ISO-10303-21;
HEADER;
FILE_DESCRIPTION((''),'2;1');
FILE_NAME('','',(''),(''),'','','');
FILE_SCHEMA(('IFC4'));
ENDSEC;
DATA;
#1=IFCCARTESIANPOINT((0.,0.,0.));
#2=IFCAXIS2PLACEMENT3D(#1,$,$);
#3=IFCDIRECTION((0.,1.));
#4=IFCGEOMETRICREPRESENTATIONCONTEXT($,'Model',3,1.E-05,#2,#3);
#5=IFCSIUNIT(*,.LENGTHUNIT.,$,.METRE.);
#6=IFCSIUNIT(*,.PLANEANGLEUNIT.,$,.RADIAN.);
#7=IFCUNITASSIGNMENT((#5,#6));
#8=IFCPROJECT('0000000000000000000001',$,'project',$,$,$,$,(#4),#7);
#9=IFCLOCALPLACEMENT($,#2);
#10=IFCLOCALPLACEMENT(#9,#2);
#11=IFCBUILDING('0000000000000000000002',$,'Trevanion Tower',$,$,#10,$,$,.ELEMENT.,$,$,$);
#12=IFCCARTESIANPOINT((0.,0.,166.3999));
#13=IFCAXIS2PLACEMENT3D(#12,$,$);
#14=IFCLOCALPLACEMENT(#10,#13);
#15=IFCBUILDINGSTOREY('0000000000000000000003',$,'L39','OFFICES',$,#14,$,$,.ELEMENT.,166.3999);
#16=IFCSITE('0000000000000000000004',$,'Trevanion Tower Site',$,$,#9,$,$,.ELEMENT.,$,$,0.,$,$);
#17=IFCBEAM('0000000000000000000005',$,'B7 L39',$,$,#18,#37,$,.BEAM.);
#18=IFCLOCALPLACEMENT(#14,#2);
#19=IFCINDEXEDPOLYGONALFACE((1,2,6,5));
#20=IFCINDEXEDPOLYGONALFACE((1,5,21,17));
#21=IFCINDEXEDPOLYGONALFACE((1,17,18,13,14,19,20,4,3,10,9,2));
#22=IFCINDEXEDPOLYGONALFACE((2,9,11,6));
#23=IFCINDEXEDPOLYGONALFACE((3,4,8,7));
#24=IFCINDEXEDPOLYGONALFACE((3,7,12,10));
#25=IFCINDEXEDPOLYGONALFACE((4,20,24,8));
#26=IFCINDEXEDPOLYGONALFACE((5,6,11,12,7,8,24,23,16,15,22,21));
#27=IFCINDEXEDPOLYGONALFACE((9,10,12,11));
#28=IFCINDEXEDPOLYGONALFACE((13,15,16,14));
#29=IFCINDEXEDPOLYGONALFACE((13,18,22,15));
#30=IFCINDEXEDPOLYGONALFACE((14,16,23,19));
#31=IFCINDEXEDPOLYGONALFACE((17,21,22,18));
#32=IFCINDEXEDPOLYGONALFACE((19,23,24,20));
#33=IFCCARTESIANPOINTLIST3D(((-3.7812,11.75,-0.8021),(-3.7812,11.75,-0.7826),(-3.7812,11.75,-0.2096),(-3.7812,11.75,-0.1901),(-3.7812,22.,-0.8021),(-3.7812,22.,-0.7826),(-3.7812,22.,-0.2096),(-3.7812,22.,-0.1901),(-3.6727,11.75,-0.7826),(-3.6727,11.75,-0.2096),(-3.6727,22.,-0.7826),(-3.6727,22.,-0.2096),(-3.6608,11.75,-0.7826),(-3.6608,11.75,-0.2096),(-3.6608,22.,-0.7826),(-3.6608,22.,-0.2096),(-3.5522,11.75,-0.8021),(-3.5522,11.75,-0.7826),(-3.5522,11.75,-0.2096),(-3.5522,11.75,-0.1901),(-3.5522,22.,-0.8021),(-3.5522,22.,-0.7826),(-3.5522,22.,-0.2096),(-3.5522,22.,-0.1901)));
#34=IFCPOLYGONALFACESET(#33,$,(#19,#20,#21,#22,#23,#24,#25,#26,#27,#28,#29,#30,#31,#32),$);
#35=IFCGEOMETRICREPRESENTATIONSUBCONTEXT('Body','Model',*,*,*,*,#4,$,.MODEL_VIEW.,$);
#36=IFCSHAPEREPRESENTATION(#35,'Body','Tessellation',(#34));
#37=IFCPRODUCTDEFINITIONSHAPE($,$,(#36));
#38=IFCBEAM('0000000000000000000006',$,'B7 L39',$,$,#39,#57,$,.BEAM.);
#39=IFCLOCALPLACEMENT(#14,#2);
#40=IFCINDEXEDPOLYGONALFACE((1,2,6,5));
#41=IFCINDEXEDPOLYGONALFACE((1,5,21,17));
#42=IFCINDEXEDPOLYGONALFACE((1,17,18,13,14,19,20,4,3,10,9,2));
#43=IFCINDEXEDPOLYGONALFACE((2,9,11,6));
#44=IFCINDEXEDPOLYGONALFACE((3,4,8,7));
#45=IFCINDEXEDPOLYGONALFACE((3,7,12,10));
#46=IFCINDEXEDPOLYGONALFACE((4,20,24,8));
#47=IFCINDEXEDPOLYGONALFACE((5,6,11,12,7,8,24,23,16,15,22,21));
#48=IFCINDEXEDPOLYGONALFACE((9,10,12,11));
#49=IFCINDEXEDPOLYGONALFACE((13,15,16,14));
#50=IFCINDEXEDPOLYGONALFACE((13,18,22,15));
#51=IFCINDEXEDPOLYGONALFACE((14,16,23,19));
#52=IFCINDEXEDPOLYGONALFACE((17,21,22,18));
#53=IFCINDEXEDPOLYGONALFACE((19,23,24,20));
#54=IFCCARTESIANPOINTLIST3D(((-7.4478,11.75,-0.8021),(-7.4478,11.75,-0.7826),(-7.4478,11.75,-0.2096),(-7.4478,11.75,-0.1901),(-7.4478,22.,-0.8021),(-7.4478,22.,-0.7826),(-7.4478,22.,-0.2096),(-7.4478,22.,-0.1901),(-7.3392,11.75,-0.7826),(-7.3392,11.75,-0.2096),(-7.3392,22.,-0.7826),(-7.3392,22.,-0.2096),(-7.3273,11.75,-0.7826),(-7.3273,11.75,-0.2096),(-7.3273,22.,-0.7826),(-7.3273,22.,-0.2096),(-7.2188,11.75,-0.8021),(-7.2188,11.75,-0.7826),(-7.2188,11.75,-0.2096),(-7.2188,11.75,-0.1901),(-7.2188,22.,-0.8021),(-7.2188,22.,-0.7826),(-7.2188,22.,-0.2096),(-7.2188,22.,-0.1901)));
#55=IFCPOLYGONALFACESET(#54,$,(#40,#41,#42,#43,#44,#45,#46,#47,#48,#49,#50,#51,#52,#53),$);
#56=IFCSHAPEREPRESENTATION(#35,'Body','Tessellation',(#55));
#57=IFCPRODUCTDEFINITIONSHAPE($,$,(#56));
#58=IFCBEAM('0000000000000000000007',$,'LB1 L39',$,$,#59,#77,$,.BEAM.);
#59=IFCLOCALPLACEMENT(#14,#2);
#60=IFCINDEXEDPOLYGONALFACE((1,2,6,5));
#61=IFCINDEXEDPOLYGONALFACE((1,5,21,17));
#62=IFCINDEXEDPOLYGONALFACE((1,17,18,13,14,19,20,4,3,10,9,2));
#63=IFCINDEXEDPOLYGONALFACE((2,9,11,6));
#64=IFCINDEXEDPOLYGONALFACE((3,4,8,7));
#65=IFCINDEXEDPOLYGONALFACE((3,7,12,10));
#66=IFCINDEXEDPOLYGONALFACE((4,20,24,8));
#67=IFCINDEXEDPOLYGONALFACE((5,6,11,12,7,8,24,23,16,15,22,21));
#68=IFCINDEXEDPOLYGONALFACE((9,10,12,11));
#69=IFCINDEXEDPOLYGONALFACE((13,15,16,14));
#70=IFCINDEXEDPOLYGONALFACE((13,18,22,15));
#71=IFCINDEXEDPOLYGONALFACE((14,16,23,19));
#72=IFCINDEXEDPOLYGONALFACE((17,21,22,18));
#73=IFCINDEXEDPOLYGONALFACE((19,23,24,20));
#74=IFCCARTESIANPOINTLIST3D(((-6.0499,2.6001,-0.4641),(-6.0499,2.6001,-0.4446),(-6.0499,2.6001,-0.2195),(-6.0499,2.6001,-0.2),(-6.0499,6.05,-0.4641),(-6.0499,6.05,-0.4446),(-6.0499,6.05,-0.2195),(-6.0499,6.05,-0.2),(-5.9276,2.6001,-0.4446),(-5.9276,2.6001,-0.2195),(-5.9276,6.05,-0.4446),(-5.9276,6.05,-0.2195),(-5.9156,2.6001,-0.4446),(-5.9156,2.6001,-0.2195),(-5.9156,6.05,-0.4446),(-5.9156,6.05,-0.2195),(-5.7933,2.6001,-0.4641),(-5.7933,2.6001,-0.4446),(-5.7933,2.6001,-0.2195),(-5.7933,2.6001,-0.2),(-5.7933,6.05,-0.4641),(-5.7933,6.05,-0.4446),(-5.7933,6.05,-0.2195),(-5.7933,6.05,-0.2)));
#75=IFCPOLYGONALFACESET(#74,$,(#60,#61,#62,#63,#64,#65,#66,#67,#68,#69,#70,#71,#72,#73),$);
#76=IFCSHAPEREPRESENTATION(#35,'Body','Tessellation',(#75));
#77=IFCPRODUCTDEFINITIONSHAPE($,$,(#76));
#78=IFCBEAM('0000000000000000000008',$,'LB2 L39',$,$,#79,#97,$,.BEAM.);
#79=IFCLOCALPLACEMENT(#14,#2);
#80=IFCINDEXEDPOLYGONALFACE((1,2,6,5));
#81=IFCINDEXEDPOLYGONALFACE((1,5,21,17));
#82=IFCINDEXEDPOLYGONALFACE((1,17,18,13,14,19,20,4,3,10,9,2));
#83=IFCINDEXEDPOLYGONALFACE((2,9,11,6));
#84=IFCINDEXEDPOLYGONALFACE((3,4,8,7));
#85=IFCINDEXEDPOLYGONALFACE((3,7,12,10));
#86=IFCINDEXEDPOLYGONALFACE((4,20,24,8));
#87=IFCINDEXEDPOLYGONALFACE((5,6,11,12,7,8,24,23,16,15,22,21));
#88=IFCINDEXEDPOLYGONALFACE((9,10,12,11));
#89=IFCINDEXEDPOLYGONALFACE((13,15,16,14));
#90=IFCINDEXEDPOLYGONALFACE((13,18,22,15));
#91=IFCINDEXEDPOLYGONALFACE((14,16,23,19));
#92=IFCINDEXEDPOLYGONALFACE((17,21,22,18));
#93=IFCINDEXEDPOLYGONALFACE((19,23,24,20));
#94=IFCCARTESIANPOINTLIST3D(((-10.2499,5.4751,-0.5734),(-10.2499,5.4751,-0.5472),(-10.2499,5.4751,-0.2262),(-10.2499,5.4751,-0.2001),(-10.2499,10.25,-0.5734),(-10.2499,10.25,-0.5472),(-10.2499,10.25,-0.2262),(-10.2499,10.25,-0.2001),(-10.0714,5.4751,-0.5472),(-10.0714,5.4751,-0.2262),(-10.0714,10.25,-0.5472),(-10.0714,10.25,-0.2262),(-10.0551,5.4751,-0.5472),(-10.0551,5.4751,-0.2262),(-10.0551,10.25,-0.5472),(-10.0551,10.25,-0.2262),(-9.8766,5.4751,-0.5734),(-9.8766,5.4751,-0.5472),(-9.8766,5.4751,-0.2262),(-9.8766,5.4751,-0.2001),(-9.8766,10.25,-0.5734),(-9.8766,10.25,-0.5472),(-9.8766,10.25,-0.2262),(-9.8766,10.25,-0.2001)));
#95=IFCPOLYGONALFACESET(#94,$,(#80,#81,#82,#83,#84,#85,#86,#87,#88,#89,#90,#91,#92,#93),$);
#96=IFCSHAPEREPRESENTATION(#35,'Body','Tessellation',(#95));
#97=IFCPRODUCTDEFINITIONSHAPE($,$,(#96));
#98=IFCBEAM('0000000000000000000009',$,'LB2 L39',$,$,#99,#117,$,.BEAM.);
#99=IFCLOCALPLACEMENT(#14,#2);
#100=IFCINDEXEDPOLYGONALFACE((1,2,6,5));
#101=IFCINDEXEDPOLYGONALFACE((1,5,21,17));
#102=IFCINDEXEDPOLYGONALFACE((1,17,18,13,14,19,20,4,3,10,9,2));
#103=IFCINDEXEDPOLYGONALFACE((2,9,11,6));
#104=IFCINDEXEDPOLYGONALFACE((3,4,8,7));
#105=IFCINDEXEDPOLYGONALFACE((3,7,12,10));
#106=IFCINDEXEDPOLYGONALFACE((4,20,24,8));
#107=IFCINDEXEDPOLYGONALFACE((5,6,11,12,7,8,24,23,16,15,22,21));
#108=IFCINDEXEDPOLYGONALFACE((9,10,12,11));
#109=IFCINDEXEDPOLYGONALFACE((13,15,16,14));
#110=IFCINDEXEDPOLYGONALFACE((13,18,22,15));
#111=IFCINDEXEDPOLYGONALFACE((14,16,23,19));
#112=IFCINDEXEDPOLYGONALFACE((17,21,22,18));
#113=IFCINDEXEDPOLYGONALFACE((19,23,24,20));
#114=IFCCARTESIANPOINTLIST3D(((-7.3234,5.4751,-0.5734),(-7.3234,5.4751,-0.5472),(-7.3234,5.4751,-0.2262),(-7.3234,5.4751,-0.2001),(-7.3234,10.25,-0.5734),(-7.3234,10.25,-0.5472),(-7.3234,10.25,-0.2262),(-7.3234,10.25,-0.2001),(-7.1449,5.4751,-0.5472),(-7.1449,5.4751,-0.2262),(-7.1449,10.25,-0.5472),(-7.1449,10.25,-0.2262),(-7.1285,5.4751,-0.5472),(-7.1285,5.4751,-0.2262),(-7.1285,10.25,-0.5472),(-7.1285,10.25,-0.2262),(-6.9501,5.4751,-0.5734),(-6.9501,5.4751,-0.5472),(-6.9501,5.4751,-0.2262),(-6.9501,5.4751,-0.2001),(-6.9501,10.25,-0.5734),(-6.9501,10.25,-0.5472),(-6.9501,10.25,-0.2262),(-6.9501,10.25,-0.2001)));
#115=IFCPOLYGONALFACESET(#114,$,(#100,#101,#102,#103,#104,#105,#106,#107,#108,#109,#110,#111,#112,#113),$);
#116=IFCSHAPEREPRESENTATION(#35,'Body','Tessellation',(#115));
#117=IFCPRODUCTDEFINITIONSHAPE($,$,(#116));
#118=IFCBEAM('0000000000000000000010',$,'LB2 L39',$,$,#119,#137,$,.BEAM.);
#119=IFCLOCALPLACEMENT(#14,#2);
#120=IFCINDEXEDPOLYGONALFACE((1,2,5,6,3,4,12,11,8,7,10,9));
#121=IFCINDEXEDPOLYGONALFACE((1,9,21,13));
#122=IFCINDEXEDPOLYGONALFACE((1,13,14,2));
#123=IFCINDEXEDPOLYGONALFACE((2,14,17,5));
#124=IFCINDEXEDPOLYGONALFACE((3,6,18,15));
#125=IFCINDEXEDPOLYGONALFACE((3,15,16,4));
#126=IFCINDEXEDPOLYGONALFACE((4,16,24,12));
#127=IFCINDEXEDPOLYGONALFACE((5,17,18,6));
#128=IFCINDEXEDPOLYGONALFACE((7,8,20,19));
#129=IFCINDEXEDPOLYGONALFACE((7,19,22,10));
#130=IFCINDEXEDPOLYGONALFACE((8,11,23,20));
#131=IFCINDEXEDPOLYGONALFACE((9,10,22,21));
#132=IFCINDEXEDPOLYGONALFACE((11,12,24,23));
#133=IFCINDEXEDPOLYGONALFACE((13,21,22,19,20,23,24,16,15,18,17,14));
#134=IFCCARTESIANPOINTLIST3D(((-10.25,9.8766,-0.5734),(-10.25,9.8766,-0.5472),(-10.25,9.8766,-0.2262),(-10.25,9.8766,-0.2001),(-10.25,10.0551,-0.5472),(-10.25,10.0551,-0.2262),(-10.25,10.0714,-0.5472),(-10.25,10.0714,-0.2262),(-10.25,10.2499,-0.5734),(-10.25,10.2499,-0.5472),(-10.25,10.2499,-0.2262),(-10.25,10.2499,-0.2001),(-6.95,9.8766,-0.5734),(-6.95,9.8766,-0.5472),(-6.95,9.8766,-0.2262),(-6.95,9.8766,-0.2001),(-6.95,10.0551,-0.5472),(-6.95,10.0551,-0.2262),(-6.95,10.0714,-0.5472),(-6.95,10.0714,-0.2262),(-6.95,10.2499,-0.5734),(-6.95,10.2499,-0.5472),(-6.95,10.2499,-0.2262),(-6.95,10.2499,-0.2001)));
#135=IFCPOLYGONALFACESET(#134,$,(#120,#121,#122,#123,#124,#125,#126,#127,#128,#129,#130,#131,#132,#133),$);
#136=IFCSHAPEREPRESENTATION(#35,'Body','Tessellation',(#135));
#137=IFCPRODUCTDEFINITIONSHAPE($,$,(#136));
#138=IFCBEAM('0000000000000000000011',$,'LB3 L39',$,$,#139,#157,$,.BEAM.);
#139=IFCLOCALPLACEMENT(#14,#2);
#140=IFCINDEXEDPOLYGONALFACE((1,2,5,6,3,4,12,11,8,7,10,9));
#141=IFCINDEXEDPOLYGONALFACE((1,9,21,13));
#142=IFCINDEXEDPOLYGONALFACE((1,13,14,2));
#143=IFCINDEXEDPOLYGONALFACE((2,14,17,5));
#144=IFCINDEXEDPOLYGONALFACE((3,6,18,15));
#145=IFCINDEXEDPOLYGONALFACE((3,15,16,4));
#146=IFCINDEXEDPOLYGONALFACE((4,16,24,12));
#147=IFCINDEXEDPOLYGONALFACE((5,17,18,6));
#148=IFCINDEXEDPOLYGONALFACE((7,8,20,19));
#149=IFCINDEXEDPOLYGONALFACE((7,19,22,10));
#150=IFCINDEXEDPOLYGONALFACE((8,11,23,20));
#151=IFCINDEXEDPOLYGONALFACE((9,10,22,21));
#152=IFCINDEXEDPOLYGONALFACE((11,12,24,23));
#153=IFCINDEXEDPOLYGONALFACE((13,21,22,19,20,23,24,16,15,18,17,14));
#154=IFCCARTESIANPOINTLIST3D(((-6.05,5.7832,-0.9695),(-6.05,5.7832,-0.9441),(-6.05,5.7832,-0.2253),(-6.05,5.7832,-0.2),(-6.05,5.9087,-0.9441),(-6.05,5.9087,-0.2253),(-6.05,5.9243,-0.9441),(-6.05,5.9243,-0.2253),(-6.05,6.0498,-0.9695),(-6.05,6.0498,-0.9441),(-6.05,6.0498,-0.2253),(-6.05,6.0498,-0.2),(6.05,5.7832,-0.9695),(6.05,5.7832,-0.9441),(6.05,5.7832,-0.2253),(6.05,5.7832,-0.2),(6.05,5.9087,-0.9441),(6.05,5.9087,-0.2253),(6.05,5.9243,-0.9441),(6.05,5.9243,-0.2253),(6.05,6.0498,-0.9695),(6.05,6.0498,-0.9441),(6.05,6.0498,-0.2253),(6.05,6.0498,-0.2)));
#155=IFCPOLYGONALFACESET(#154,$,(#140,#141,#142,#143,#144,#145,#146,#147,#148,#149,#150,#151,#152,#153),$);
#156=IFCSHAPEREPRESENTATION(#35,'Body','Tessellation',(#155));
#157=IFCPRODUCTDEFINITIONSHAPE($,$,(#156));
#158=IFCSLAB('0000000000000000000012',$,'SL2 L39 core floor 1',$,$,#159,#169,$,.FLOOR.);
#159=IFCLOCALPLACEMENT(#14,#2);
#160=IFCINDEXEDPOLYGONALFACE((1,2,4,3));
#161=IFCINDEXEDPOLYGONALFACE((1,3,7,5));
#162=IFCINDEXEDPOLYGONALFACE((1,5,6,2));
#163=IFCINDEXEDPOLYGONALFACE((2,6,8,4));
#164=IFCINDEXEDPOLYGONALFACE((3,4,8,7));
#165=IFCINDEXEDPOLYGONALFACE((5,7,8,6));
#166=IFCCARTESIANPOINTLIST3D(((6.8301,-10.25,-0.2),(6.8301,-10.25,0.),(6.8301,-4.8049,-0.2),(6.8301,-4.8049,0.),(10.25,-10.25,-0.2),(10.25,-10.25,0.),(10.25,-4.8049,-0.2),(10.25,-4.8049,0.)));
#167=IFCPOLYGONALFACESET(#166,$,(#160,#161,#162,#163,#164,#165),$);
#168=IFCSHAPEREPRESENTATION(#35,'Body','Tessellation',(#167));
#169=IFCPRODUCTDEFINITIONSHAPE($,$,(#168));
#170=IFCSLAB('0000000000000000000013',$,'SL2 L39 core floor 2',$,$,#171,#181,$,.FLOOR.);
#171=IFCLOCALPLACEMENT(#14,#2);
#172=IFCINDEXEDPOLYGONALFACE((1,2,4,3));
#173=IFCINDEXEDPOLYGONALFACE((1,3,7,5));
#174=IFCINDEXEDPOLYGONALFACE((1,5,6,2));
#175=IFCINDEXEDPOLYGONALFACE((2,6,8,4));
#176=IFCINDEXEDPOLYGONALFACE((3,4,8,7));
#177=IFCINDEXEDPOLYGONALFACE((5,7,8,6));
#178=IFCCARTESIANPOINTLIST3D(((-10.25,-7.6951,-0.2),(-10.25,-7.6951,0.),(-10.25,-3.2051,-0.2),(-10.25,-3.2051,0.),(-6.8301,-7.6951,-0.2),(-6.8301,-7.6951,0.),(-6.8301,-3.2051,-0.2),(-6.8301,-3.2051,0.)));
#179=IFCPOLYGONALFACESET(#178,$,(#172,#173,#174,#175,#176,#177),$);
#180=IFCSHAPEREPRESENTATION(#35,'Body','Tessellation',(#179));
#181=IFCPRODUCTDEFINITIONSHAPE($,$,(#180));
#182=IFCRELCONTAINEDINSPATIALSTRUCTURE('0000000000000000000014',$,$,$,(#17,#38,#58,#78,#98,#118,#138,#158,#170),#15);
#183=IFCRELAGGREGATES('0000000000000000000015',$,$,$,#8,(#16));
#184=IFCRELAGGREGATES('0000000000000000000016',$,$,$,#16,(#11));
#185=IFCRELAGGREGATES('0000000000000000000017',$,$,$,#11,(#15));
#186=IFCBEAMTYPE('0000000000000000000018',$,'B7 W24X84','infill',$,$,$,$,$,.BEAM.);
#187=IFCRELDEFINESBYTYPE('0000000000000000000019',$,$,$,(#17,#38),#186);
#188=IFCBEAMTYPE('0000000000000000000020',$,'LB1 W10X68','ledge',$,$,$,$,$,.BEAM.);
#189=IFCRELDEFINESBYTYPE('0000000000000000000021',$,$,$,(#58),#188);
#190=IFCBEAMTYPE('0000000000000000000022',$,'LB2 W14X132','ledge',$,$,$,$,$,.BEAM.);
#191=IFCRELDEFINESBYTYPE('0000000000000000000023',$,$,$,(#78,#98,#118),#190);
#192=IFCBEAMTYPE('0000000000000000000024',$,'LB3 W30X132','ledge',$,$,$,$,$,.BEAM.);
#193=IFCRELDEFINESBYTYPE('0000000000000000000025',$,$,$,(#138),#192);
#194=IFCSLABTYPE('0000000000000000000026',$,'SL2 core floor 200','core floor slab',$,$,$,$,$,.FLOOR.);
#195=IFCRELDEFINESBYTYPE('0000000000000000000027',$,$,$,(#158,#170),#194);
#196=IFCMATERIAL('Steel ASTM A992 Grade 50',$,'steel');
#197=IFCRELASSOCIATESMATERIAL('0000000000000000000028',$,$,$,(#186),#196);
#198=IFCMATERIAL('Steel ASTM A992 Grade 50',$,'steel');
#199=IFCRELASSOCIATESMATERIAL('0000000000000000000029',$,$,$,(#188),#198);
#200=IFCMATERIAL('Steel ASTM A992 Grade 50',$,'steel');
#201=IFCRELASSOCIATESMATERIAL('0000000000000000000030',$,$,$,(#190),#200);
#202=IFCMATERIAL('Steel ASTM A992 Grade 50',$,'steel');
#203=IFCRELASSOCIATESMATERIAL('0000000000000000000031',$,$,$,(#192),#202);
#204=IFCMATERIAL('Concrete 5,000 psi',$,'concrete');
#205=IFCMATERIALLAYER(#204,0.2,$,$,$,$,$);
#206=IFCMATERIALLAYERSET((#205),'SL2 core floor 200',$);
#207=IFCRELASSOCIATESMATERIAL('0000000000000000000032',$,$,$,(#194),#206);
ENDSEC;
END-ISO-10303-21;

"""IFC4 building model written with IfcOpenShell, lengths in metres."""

from ifc_helpers import new_model, si_unit, direction, frame, origin, origin_2d, place, context, subcontext, project, spatial, polyline, i_section, outline, extrude, material, layer, layer_set, material_profile, profile_set, type_object, element, save


model = new_model("IFC4")

# Units and contexts
model_context = context("Model", 3, precision=1e-05, world=origin(), true_north=direction((0.0, 1.0)))
body_context = subcontext(model_context, "Body", "Model", "MODEL_VIEW")
ifc_project = project(units=[si_unit("LENGTHUNIT", "METRE"), si_unit("PLANEANGLEUNIT", "RADIAN")], contexts=[model_context])

# Site, building, storey
site_placement = place(None, origin())
site = spatial("IfcSite", under=ifc_project, at=site_placement, Name="Trevanion Tower Site", CompositionType="ELEMENT", RefElevation=0.0)
building_placement = place(site_placement, origin())
building = spatial("IfcBuilding", under=site, at=building_placement, Name="Trevanion Tower", CompositionType="ELEMENT")
storey_placement = place(building_placement, frame((0.0, 0.0, 166.3999)))
storey = spatial("IfcBuildingStorey", under=building, at=storey_placement, Name="L39", Description="OFFICES", CompositionType="ELEMENT", Elevation=166.3999)

# Beams
ifc_material_1 = material(Name="Steel ASTM A992 Grade 50", Category="steel")
ifc_material_profile_1 = material_profile(ifc_material_1, i_section(OverallWidth=0.229, OverallDepth=0.6121, WebThickness=0.012, FlangeThickness=0.0195, at=origin_2d()), Name="W24X84")
ifc_profile_set_1 = profile_set([ifc_material_profile_1], Name="Steel ASTM A992 Grade 50")
beam_type_1 = type_object("IfcBeamType", Name="B7 W24X84", Description="infill", PredefinedType="BEAM", material=ifc_profile_set_1)
for number, where, z_axis, x_axis, name in (
    (1, (-3.6667, 11.75, -0.4961), (0.0, 1.0, 0.0), (-1.0, 0.0, 0.0), "B7 L39"),
    (2, (-7.3333, 11.75, -0.4961), (0.0, 1.0, 0.0), (-1.0, 0.0, 0.0), "B7 L39"),
):
    element("IfcBeam", number, at=place(storey_placement, frame(where, z_axis=z_axis, x_axis=x_axis)), inside=storey, type_object=beam_type_1, Name=name, PredefinedType="BEAM", context=body_context, shape_type="SweptSolid", body=[
        extrude(i_section(OverallWidth=0.229, OverallDepth=0.6121, WebThickness=0.012, FlangeThickness=0.0195, at=origin_2d()), origin(), (0.0, 0.0, 1.0), 10.25),
    ])
ifc_material_2 = material(Name="Steel ASTM A992 Grade 50", Category="steel")
ifc_material_profile_2 = material_profile(ifc_material_2, i_section(OverallWidth=0.2566, OverallDepth=0.2642, WebThickness=0.012, FlangeThickness=0.0195, at=origin_2d()), Name="W10X68")
ifc_profile_set_2 = profile_set([ifc_material_profile_2], Name="Steel ASTM A992 Grade 50")
beam_type_2 = type_object("IfcBeamType", Name="LB1 W10X68", Description="ledge", PredefinedType="BEAM", material=ifc_profile_set_2)
beam_1_placement = place(storey_placement, frame((-5.9216, 2.6001, -0.332), z_axis=(0.0, 1.0, 0.0), x_axis=(-1.0, 0.0, 0.0)))
element("IfcBeam", 3, at=beam_1_placement, inside=storey, type_object=beam_type_2, Name="LB1 L39", PredefinedType="BEAM", context=body_context, shape_type="SweptSolid", body=[
    extrude(i_section(OverallWidth=0.2566, OverallDepth=0.2642, WebThickness=0.012, FlangeThickness=0.0195, at=origin_2d()), origin(), (0.0, 0.0, 1.0), 3.45),
])
ifc_material_3 = material(Name="Steel ASTM A992 Grade 50", Category="steel")
ifc_material_profile_3 = material_profile(ifc_material_3, i_section(OverallWidth=0.3733, OverallDepth=0.3733, WebThickness=0.0164, FlangeThickness=0.0261, at=origin_2d()), Name="W14X132")
ifc_profile_set_3 = profile_set([ifc_material_profile_3], Name="Steel ASTM A992 Grade 50")
beam_type_3 = type_object("IfcBeamType", Name="LB2 W14X132", Description="ledge", PredefinedType="BEAM", material=ifc_profile_set_3)
for number, where, z_axis, x_axis, name in (
    (4, (-10.0632, 5.4751, -0.3867), (0.0, 1.0, 0.0), (-1.0, 0.0, 0.0), "LB2 L39"),
    (5, (-7.1367, 5.4751, -0.3867), (0.0, 1.0, 0.0), (-1.0, 0.0, 0.0), "LB2 L39"),
):
    element("IfcBeam", number, at=place(storey_placement, frame(where, z_axis=z_axis, x_axis=x_axis)), inside=storey, type_object=beam_type_3, Name=name, PredefinedType="BEAM", context=body_context, shape_type="SweptSolid", body=[
        extrude(i_section(OverallWidth=0.3733, OverallDepth=0.3733, WebThickness=0.0164, FlangeThickness=0.0261, at=origin_2d()), origin(), (0.0, 0.0, 1.0), 4.7749),
    ])
beam_2_placement = place(storey_placement, frame((-10.25, 10.0632, -0.3867), z_axis=(1.0, 0.0, 0.0), x_axis=(0.0, 1.0, 0.0)))
element("IfcBeam", 6, at=beam_2_placement, inside=storey, type_object=beam_type_3, Name="LB2 L39", PredefinedType="BEAM", context=body_context, shape_type="SweptSolid", body=[
    extrude(i_section(OverallWidth=0.3733, OverallDepth=0.3733, WebThickness=0.0164, FlangeThickness=0.0261, at=origin_2d()), origin(), (0.0, 0.0, 1.0), 3.3),
])
ifc_material_4 = material(Name="Steel ASTM A992 Grade 50", Category="steel")
ifc_material_profile_4 = material_profile(ifc_material_4, i_section(OverallWidth=0.2666, OverallDepth=0.7695, WebThickness=0.0156, FlangeThickness=0.0254, at=origin_2d()), Name="W30X132")
ifc_profile_set_4 = profile_set([ifc_material_profile_4], Name="Steel ASTM A992 Grade 50")
beam_type_4 = type_object("IfcBeamType", Name="LB3 W30X132", Description="ledge", PredefinedType="BEAM", material=ifc_profile_set_4)
beam_3_placement = place(storey_placement, frame((-6.05, 5.9165, -0.5847), z_axis=(1.0, 0.0, 0.0), x_axis=(0.0, 1.0, 0.0)))
element("IfcBeam", 7, at=beam_3_placement, inside=storey, type_object=beam_type_4, Name="LB3 L39", PredefinedType="BEAM", context=body_context, shape_type="SweptSolid", body=[
    extrude(i_section(OverallWidth=0.2666, OverallDepth=0.7695, WebThickness=0.0156, FlangeThickness=0.0254, at=origin_2d()), origin(), (0.0, 0.0, 1.0), 12.1001),
])

# Slabs
ifc_material_5 = material(Name="Concrete 5,000 psi", Category="concrete")
ifc_layer_1 = layer(ifc_material_5, 0.2)
ifc_layer_set_1 = layer_set([ifc_layer_1], Name="SL2 core floor 200")
slab_type_1 = type_object("IfcSlabType", Name="SL2 core floor 200", Description="core floor slab", PredefinedType="FLOOR", material=ifc_layer_set_1)
slab_1_placement = place(storey_placement, frame((0.0, 0.0, -0.2)))
element("IfcSlab", 8, at=slab_1_placement, inside=storey, type_object=slab_type_1, Name="SL2 L39 core floor 1", PredefinedType="FLOOR", context=body_context, shape_type="SweptSolid", body=[
    extrude(outline(polyline([(10.25, -4.8049), (10.25, -10.25), (6.8301, -10.25), (6.8301, -4.8049), (10.25, -4.8049)])), origin(), (0.0, 0.0, 1.0), 0.2),
])
slab_2_placement = place(storey_placement, frame((0.0, 0.0, -0.2)))
element("IfcSlab", 9, at=slab_2_placement, inside=storey, type_object=slab_type_1, Name="SL2 L39 core floor 2", PredefinedType="FLOOR", context=body_context, shape_type="SweptSolid", body=[
    extrude(outline(polyline([(-6.8301, -3.2051), (-6.8301, -7.6951), (-10.25, -7.6951), (-10.25, -3.2051), (-6.8301, -3.2051)])), origin(), (0.0, 0.0, 1.0), 0.2),
])

save(model, "model.ifc")
